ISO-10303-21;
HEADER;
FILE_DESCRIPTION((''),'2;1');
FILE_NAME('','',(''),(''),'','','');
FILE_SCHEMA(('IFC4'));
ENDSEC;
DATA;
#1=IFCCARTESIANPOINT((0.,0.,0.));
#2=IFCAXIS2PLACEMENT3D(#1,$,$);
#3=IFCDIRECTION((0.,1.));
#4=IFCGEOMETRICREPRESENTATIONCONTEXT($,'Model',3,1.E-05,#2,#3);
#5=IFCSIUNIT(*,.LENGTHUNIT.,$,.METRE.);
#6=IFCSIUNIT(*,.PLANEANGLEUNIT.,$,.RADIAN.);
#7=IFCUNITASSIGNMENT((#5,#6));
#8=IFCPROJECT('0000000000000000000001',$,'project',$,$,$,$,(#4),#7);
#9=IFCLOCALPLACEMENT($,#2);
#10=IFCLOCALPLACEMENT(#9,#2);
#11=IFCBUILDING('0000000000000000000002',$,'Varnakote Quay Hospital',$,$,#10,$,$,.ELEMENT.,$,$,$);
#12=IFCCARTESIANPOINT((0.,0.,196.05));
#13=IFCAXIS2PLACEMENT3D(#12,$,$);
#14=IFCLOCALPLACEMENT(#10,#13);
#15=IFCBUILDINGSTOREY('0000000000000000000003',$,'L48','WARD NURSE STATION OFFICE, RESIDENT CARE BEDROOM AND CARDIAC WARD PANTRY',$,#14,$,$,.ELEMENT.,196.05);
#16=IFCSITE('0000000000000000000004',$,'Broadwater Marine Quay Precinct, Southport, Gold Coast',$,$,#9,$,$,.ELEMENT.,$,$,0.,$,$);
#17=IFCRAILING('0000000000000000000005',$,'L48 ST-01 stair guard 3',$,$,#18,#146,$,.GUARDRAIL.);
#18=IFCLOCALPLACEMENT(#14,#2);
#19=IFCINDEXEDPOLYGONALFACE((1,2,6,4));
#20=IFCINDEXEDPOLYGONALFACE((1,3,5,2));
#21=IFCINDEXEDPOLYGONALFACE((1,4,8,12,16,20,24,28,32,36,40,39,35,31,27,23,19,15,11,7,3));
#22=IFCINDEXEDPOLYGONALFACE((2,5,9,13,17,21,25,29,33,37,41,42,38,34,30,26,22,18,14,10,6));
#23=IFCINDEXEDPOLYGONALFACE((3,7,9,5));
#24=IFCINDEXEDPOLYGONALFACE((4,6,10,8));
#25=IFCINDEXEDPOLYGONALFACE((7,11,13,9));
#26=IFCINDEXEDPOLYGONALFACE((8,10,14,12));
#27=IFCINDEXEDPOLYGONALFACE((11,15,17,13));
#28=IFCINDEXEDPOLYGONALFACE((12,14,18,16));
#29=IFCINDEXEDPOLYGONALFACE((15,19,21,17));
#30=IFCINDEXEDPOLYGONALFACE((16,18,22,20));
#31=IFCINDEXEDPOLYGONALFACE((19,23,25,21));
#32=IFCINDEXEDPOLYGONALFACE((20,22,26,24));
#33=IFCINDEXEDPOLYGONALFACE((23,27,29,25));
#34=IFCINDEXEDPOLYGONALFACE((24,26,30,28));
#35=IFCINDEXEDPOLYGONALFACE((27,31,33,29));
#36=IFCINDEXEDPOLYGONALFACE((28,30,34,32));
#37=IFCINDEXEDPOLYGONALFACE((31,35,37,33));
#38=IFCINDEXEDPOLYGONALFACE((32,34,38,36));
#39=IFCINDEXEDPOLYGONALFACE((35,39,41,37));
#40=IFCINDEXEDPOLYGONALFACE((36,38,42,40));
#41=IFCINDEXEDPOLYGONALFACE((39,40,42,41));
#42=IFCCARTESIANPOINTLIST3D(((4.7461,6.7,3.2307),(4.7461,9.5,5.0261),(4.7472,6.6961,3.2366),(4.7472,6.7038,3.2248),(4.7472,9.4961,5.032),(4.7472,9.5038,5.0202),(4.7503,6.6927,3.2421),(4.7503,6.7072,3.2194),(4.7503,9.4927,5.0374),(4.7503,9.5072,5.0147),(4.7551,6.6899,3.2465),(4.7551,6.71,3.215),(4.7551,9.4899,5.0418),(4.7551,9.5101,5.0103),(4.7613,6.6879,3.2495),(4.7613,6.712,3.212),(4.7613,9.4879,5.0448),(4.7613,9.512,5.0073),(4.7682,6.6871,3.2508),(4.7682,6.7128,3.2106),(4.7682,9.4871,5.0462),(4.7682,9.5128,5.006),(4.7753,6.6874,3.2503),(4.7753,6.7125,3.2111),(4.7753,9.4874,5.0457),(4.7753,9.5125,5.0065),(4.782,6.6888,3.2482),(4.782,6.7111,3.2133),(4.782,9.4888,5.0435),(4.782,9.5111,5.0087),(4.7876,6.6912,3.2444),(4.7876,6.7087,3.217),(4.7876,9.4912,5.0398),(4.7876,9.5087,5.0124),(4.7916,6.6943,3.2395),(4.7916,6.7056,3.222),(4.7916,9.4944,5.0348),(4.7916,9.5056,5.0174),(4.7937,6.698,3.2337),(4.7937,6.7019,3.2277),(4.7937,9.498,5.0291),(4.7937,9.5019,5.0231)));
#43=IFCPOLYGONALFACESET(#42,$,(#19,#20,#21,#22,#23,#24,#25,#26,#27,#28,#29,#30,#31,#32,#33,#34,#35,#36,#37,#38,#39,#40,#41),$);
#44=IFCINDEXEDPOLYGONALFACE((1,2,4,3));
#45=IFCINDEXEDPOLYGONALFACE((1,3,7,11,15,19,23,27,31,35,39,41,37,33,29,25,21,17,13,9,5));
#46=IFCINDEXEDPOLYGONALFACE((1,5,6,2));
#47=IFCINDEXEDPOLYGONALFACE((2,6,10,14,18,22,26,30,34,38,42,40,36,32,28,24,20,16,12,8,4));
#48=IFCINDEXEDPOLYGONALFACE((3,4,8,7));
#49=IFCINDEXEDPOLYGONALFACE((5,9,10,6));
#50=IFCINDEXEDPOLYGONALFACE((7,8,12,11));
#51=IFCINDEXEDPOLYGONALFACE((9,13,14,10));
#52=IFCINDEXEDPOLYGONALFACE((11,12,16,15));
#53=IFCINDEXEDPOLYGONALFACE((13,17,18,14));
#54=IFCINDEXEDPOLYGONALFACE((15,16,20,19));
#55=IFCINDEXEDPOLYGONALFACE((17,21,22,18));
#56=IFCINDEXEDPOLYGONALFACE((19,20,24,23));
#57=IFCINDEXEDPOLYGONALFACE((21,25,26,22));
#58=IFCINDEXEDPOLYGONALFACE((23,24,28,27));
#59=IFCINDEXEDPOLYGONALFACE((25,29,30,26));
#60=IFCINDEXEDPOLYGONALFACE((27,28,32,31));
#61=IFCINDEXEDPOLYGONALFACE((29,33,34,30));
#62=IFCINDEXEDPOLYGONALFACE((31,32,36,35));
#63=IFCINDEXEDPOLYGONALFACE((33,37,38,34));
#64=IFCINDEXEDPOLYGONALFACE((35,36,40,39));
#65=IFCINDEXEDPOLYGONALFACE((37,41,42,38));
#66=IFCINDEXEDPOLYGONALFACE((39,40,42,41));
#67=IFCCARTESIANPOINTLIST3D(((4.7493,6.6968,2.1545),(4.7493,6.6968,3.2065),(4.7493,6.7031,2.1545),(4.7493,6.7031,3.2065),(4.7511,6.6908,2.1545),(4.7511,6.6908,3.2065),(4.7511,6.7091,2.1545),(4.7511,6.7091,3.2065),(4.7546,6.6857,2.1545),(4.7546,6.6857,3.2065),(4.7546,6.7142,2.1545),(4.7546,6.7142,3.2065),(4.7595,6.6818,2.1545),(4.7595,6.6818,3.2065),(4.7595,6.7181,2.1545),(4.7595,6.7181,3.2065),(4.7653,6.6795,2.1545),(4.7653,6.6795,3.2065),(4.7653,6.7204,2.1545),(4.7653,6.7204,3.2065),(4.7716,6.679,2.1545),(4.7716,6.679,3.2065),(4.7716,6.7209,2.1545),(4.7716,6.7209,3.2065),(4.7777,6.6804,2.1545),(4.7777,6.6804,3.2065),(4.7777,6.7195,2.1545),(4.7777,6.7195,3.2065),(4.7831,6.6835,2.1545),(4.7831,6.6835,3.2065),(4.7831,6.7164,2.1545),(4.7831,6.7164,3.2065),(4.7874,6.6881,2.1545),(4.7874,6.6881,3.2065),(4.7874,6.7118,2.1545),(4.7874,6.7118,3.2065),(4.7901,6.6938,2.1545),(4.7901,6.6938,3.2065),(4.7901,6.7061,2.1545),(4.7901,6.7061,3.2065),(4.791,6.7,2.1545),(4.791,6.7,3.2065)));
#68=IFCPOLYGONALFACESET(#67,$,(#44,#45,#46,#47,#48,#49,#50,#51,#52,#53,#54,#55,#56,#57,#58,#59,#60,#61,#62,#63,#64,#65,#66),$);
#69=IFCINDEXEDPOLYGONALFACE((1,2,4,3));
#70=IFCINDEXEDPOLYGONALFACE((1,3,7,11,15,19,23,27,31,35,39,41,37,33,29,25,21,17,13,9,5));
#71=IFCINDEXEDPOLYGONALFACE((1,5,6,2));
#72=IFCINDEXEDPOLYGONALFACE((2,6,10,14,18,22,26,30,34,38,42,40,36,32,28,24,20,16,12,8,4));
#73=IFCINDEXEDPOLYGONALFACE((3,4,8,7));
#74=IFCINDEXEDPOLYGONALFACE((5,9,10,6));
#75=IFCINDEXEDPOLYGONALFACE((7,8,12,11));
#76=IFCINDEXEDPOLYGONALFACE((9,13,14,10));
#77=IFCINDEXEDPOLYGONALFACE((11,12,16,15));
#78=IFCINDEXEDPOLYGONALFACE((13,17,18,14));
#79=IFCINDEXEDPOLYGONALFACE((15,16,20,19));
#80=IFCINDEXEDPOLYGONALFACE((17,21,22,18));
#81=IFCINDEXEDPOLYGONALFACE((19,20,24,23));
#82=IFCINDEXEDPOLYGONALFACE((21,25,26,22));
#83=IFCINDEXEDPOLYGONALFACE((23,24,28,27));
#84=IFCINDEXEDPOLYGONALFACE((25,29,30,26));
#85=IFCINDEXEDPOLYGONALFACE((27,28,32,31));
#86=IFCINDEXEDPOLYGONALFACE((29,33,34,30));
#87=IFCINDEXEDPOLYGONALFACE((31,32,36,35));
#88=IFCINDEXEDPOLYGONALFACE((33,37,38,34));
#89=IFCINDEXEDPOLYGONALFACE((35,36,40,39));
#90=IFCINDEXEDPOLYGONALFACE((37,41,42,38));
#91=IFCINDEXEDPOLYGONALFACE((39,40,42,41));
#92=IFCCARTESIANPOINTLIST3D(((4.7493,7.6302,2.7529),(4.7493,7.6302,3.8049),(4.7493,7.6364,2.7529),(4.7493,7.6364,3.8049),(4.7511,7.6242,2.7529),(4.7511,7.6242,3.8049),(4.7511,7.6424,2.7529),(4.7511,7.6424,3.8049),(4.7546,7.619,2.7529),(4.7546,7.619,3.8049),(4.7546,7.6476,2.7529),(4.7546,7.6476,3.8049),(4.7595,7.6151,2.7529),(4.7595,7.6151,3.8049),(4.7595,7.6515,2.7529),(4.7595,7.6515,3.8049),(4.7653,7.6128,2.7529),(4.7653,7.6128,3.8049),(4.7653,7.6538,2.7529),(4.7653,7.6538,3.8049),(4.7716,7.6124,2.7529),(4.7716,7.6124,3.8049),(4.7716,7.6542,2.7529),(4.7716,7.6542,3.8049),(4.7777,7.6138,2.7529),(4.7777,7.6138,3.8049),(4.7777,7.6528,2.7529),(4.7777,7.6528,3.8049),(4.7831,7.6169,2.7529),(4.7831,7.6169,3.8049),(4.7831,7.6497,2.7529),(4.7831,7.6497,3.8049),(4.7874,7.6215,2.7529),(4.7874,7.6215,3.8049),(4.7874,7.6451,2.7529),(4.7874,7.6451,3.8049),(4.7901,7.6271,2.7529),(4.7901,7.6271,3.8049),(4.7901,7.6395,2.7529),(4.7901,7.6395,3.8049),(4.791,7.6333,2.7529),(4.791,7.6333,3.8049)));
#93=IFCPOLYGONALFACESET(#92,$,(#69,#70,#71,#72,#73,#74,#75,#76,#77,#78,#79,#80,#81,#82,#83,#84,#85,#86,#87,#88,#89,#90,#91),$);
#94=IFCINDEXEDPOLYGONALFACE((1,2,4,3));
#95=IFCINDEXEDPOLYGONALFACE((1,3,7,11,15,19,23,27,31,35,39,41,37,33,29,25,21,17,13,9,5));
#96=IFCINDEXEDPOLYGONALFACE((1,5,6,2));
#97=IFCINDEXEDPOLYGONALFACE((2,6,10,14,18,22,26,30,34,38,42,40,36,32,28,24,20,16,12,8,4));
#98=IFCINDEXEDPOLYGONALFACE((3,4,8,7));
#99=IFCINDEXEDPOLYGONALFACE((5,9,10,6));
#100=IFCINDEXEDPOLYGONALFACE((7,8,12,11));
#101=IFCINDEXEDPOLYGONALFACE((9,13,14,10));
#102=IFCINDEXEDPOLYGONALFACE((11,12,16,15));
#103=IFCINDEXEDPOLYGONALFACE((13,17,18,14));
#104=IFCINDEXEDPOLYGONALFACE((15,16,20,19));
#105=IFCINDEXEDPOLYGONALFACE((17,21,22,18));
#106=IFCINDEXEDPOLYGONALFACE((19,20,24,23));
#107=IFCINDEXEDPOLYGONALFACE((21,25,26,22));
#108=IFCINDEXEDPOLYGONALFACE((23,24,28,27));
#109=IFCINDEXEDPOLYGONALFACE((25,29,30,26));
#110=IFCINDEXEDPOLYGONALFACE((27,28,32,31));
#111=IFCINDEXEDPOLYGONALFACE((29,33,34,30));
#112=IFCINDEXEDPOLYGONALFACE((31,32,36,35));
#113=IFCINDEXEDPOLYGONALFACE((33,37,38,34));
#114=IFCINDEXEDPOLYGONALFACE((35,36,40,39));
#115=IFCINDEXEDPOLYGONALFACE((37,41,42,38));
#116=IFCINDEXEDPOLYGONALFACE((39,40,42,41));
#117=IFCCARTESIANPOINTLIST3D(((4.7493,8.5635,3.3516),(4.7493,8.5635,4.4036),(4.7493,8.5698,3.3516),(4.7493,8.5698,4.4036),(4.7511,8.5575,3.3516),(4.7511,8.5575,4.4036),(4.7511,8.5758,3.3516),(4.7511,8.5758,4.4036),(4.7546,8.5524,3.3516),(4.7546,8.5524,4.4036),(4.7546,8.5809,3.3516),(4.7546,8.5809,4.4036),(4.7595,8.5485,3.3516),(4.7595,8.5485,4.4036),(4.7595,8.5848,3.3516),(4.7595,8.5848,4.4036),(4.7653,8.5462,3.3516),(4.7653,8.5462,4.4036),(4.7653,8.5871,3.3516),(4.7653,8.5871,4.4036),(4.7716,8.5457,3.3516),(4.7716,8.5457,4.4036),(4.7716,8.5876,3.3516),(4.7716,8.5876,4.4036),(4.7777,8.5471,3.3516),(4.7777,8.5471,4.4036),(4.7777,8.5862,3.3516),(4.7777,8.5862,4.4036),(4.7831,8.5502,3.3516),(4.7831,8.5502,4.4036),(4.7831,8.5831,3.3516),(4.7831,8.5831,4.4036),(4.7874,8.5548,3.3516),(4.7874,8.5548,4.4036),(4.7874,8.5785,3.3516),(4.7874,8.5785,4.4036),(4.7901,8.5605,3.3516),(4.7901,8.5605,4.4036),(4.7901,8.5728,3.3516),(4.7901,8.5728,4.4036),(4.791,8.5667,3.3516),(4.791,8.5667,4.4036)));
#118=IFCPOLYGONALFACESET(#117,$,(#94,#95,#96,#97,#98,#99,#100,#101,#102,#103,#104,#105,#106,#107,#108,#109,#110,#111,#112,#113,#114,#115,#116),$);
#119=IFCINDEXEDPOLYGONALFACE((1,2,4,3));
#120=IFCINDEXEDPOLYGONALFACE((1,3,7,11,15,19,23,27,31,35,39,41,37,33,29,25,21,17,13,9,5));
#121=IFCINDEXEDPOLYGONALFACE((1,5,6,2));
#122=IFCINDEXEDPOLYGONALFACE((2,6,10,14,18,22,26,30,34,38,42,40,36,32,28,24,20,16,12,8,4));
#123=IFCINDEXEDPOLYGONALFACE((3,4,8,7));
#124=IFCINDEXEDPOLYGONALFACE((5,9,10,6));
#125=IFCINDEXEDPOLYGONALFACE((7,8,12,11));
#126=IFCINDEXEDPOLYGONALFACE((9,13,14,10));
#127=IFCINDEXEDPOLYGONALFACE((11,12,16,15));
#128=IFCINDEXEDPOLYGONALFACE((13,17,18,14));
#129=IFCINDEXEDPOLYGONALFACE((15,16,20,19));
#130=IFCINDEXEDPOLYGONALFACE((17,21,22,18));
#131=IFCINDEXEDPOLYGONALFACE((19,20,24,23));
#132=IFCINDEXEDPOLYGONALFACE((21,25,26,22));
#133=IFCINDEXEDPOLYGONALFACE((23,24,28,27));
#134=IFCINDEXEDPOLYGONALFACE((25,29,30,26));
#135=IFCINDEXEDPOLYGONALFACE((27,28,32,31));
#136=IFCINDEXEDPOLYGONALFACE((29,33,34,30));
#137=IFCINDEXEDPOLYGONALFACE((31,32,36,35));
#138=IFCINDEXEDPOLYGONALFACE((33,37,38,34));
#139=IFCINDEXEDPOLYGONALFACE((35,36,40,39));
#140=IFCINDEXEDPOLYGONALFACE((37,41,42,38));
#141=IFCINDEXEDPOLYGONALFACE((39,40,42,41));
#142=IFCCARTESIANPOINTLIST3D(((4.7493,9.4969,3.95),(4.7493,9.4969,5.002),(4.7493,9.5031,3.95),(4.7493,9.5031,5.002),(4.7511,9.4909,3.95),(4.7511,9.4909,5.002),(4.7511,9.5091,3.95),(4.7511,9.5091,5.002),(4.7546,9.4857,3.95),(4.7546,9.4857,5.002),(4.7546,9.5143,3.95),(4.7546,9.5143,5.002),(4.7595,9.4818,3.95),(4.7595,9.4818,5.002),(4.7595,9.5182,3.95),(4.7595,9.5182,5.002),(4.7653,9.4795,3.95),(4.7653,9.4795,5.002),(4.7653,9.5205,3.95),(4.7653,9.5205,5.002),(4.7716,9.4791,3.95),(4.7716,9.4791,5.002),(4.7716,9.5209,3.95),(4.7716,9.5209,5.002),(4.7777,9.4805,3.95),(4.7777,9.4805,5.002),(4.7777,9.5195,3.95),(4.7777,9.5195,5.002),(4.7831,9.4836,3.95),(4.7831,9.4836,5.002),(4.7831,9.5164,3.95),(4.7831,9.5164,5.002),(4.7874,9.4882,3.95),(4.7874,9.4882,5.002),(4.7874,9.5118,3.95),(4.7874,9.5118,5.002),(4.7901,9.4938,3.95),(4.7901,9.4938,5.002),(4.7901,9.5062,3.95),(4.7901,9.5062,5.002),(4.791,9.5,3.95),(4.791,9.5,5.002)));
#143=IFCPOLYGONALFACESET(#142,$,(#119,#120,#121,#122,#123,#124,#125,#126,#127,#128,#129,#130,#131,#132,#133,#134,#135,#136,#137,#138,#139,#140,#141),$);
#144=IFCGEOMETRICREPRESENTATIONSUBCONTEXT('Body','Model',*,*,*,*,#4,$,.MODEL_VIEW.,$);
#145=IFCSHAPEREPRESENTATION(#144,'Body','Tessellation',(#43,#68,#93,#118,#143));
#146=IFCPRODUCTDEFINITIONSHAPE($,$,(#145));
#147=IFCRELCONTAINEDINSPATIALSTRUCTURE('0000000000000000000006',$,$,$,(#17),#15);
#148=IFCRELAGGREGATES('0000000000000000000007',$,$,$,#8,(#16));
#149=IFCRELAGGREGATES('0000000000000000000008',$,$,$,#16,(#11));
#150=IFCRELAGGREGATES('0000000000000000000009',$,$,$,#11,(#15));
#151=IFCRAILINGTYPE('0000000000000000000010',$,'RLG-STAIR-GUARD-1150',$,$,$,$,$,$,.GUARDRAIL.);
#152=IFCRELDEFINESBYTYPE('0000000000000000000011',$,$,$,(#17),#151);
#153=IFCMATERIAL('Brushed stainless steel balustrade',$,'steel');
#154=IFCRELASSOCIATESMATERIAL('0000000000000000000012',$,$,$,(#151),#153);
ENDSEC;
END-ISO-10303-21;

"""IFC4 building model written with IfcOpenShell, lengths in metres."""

from ifc_helpers import new_model, si_unit, direction, frame, origin, origin_2d, place, context, subcontext, project, spatial, circle, extrude, material, type_object, element, save


model = new_model("IFC4")

# Units and contexts
model_context = context("Model", 3, precision=1e-05, world=origin(), true_north=direction((0.0, 1.0)))
body_context = subcontext(model_context, "Body", "Model", "MODEL_VIEW")
ifc_project = project(units=[si_unit("LENGTHUNIT", "METRE"), si_unit("PLANEANGLEUNIT", "RADIAN")], contexts=[model_context])

# Site, building, storey
site_placement = place(None, origin())
site = spatial("IfcSite", under=ifc_project, at=site_placement, Name="Broadwater Marine Quay Precinct, Southport, Gold Coast", CompositionType="ELEMENT", RefElevation=0.0)
building_placement = place(site_placement, origin())
building = spatial("IfcBuilding", under=site, at=building_placement, Name="Varnakote Quay Hospital", CompositionType="ELEMENT")
storey_placement = place(building_placement, frame((0.0, 0.0, 196.05)))
storey = spatial("IfcBuildingStorey", under=building, at=storey_placement, Name="L48", Description="WARD NURSE STATION OFFICE, RESIDENT CARE BEDROOM AND CARDIAC WARD PANTRY", CompositionType="ELEMENT", Elevation=196.05)

# Railing
ifc_material_1 = material(Name="Brushed stainless steel balustrade", Category="steel")
railing_type_1 = type_object("IfcRailingType", Name="RLG-STAIR-GUARD-1150", PredefinedType="GUARDRAIL", material=ifc_material_1)
railing_1_placement = place(storey_placement, frame((4.77, 6.7, 2.1545)))
element("IfcRailing", 1, at=railing_1_placement, inside=storey, type_object=railing_type_1, Name="L48 ST-01 stair guard 3", PredefinedType="GUARDRAIL", context=body_context, shape_type="SweptSolid", body=[
    extrude(circle(Radius=0.0239, at=origin_2d()), frame((0.0, 0.0, 1.0762), z_axis=(0.0, 0.84181, 0.539774), x_axis=(-1.0, 0.0, 0.0)), (0.0, 0.0, 1.0), 3.3262),
    extrude(circle(Radius=0.021, at=origin_2d()), origin(), (0.0, 0.0, 1.0), 1.052),
    extrude(circle(Radius=0.021, at=origin_2d()), frame((0.0, 0.9333, 0.5984)), (0.0, 0.0, 1.0), 1.052),
    extrude(circle(Radius=0.021, at=origin_2d()), frame((0.0, 1.8667, 1.197)), (0.0, 0.0, 1.0), 1.052),
    extrude(circle(Radius=0.021, at=origin_2d()), frame((0.0, 2.8, 1.7954)), (0.0, 0.0, 1.0), 1.052),
])

save(model, "model.ifc")
